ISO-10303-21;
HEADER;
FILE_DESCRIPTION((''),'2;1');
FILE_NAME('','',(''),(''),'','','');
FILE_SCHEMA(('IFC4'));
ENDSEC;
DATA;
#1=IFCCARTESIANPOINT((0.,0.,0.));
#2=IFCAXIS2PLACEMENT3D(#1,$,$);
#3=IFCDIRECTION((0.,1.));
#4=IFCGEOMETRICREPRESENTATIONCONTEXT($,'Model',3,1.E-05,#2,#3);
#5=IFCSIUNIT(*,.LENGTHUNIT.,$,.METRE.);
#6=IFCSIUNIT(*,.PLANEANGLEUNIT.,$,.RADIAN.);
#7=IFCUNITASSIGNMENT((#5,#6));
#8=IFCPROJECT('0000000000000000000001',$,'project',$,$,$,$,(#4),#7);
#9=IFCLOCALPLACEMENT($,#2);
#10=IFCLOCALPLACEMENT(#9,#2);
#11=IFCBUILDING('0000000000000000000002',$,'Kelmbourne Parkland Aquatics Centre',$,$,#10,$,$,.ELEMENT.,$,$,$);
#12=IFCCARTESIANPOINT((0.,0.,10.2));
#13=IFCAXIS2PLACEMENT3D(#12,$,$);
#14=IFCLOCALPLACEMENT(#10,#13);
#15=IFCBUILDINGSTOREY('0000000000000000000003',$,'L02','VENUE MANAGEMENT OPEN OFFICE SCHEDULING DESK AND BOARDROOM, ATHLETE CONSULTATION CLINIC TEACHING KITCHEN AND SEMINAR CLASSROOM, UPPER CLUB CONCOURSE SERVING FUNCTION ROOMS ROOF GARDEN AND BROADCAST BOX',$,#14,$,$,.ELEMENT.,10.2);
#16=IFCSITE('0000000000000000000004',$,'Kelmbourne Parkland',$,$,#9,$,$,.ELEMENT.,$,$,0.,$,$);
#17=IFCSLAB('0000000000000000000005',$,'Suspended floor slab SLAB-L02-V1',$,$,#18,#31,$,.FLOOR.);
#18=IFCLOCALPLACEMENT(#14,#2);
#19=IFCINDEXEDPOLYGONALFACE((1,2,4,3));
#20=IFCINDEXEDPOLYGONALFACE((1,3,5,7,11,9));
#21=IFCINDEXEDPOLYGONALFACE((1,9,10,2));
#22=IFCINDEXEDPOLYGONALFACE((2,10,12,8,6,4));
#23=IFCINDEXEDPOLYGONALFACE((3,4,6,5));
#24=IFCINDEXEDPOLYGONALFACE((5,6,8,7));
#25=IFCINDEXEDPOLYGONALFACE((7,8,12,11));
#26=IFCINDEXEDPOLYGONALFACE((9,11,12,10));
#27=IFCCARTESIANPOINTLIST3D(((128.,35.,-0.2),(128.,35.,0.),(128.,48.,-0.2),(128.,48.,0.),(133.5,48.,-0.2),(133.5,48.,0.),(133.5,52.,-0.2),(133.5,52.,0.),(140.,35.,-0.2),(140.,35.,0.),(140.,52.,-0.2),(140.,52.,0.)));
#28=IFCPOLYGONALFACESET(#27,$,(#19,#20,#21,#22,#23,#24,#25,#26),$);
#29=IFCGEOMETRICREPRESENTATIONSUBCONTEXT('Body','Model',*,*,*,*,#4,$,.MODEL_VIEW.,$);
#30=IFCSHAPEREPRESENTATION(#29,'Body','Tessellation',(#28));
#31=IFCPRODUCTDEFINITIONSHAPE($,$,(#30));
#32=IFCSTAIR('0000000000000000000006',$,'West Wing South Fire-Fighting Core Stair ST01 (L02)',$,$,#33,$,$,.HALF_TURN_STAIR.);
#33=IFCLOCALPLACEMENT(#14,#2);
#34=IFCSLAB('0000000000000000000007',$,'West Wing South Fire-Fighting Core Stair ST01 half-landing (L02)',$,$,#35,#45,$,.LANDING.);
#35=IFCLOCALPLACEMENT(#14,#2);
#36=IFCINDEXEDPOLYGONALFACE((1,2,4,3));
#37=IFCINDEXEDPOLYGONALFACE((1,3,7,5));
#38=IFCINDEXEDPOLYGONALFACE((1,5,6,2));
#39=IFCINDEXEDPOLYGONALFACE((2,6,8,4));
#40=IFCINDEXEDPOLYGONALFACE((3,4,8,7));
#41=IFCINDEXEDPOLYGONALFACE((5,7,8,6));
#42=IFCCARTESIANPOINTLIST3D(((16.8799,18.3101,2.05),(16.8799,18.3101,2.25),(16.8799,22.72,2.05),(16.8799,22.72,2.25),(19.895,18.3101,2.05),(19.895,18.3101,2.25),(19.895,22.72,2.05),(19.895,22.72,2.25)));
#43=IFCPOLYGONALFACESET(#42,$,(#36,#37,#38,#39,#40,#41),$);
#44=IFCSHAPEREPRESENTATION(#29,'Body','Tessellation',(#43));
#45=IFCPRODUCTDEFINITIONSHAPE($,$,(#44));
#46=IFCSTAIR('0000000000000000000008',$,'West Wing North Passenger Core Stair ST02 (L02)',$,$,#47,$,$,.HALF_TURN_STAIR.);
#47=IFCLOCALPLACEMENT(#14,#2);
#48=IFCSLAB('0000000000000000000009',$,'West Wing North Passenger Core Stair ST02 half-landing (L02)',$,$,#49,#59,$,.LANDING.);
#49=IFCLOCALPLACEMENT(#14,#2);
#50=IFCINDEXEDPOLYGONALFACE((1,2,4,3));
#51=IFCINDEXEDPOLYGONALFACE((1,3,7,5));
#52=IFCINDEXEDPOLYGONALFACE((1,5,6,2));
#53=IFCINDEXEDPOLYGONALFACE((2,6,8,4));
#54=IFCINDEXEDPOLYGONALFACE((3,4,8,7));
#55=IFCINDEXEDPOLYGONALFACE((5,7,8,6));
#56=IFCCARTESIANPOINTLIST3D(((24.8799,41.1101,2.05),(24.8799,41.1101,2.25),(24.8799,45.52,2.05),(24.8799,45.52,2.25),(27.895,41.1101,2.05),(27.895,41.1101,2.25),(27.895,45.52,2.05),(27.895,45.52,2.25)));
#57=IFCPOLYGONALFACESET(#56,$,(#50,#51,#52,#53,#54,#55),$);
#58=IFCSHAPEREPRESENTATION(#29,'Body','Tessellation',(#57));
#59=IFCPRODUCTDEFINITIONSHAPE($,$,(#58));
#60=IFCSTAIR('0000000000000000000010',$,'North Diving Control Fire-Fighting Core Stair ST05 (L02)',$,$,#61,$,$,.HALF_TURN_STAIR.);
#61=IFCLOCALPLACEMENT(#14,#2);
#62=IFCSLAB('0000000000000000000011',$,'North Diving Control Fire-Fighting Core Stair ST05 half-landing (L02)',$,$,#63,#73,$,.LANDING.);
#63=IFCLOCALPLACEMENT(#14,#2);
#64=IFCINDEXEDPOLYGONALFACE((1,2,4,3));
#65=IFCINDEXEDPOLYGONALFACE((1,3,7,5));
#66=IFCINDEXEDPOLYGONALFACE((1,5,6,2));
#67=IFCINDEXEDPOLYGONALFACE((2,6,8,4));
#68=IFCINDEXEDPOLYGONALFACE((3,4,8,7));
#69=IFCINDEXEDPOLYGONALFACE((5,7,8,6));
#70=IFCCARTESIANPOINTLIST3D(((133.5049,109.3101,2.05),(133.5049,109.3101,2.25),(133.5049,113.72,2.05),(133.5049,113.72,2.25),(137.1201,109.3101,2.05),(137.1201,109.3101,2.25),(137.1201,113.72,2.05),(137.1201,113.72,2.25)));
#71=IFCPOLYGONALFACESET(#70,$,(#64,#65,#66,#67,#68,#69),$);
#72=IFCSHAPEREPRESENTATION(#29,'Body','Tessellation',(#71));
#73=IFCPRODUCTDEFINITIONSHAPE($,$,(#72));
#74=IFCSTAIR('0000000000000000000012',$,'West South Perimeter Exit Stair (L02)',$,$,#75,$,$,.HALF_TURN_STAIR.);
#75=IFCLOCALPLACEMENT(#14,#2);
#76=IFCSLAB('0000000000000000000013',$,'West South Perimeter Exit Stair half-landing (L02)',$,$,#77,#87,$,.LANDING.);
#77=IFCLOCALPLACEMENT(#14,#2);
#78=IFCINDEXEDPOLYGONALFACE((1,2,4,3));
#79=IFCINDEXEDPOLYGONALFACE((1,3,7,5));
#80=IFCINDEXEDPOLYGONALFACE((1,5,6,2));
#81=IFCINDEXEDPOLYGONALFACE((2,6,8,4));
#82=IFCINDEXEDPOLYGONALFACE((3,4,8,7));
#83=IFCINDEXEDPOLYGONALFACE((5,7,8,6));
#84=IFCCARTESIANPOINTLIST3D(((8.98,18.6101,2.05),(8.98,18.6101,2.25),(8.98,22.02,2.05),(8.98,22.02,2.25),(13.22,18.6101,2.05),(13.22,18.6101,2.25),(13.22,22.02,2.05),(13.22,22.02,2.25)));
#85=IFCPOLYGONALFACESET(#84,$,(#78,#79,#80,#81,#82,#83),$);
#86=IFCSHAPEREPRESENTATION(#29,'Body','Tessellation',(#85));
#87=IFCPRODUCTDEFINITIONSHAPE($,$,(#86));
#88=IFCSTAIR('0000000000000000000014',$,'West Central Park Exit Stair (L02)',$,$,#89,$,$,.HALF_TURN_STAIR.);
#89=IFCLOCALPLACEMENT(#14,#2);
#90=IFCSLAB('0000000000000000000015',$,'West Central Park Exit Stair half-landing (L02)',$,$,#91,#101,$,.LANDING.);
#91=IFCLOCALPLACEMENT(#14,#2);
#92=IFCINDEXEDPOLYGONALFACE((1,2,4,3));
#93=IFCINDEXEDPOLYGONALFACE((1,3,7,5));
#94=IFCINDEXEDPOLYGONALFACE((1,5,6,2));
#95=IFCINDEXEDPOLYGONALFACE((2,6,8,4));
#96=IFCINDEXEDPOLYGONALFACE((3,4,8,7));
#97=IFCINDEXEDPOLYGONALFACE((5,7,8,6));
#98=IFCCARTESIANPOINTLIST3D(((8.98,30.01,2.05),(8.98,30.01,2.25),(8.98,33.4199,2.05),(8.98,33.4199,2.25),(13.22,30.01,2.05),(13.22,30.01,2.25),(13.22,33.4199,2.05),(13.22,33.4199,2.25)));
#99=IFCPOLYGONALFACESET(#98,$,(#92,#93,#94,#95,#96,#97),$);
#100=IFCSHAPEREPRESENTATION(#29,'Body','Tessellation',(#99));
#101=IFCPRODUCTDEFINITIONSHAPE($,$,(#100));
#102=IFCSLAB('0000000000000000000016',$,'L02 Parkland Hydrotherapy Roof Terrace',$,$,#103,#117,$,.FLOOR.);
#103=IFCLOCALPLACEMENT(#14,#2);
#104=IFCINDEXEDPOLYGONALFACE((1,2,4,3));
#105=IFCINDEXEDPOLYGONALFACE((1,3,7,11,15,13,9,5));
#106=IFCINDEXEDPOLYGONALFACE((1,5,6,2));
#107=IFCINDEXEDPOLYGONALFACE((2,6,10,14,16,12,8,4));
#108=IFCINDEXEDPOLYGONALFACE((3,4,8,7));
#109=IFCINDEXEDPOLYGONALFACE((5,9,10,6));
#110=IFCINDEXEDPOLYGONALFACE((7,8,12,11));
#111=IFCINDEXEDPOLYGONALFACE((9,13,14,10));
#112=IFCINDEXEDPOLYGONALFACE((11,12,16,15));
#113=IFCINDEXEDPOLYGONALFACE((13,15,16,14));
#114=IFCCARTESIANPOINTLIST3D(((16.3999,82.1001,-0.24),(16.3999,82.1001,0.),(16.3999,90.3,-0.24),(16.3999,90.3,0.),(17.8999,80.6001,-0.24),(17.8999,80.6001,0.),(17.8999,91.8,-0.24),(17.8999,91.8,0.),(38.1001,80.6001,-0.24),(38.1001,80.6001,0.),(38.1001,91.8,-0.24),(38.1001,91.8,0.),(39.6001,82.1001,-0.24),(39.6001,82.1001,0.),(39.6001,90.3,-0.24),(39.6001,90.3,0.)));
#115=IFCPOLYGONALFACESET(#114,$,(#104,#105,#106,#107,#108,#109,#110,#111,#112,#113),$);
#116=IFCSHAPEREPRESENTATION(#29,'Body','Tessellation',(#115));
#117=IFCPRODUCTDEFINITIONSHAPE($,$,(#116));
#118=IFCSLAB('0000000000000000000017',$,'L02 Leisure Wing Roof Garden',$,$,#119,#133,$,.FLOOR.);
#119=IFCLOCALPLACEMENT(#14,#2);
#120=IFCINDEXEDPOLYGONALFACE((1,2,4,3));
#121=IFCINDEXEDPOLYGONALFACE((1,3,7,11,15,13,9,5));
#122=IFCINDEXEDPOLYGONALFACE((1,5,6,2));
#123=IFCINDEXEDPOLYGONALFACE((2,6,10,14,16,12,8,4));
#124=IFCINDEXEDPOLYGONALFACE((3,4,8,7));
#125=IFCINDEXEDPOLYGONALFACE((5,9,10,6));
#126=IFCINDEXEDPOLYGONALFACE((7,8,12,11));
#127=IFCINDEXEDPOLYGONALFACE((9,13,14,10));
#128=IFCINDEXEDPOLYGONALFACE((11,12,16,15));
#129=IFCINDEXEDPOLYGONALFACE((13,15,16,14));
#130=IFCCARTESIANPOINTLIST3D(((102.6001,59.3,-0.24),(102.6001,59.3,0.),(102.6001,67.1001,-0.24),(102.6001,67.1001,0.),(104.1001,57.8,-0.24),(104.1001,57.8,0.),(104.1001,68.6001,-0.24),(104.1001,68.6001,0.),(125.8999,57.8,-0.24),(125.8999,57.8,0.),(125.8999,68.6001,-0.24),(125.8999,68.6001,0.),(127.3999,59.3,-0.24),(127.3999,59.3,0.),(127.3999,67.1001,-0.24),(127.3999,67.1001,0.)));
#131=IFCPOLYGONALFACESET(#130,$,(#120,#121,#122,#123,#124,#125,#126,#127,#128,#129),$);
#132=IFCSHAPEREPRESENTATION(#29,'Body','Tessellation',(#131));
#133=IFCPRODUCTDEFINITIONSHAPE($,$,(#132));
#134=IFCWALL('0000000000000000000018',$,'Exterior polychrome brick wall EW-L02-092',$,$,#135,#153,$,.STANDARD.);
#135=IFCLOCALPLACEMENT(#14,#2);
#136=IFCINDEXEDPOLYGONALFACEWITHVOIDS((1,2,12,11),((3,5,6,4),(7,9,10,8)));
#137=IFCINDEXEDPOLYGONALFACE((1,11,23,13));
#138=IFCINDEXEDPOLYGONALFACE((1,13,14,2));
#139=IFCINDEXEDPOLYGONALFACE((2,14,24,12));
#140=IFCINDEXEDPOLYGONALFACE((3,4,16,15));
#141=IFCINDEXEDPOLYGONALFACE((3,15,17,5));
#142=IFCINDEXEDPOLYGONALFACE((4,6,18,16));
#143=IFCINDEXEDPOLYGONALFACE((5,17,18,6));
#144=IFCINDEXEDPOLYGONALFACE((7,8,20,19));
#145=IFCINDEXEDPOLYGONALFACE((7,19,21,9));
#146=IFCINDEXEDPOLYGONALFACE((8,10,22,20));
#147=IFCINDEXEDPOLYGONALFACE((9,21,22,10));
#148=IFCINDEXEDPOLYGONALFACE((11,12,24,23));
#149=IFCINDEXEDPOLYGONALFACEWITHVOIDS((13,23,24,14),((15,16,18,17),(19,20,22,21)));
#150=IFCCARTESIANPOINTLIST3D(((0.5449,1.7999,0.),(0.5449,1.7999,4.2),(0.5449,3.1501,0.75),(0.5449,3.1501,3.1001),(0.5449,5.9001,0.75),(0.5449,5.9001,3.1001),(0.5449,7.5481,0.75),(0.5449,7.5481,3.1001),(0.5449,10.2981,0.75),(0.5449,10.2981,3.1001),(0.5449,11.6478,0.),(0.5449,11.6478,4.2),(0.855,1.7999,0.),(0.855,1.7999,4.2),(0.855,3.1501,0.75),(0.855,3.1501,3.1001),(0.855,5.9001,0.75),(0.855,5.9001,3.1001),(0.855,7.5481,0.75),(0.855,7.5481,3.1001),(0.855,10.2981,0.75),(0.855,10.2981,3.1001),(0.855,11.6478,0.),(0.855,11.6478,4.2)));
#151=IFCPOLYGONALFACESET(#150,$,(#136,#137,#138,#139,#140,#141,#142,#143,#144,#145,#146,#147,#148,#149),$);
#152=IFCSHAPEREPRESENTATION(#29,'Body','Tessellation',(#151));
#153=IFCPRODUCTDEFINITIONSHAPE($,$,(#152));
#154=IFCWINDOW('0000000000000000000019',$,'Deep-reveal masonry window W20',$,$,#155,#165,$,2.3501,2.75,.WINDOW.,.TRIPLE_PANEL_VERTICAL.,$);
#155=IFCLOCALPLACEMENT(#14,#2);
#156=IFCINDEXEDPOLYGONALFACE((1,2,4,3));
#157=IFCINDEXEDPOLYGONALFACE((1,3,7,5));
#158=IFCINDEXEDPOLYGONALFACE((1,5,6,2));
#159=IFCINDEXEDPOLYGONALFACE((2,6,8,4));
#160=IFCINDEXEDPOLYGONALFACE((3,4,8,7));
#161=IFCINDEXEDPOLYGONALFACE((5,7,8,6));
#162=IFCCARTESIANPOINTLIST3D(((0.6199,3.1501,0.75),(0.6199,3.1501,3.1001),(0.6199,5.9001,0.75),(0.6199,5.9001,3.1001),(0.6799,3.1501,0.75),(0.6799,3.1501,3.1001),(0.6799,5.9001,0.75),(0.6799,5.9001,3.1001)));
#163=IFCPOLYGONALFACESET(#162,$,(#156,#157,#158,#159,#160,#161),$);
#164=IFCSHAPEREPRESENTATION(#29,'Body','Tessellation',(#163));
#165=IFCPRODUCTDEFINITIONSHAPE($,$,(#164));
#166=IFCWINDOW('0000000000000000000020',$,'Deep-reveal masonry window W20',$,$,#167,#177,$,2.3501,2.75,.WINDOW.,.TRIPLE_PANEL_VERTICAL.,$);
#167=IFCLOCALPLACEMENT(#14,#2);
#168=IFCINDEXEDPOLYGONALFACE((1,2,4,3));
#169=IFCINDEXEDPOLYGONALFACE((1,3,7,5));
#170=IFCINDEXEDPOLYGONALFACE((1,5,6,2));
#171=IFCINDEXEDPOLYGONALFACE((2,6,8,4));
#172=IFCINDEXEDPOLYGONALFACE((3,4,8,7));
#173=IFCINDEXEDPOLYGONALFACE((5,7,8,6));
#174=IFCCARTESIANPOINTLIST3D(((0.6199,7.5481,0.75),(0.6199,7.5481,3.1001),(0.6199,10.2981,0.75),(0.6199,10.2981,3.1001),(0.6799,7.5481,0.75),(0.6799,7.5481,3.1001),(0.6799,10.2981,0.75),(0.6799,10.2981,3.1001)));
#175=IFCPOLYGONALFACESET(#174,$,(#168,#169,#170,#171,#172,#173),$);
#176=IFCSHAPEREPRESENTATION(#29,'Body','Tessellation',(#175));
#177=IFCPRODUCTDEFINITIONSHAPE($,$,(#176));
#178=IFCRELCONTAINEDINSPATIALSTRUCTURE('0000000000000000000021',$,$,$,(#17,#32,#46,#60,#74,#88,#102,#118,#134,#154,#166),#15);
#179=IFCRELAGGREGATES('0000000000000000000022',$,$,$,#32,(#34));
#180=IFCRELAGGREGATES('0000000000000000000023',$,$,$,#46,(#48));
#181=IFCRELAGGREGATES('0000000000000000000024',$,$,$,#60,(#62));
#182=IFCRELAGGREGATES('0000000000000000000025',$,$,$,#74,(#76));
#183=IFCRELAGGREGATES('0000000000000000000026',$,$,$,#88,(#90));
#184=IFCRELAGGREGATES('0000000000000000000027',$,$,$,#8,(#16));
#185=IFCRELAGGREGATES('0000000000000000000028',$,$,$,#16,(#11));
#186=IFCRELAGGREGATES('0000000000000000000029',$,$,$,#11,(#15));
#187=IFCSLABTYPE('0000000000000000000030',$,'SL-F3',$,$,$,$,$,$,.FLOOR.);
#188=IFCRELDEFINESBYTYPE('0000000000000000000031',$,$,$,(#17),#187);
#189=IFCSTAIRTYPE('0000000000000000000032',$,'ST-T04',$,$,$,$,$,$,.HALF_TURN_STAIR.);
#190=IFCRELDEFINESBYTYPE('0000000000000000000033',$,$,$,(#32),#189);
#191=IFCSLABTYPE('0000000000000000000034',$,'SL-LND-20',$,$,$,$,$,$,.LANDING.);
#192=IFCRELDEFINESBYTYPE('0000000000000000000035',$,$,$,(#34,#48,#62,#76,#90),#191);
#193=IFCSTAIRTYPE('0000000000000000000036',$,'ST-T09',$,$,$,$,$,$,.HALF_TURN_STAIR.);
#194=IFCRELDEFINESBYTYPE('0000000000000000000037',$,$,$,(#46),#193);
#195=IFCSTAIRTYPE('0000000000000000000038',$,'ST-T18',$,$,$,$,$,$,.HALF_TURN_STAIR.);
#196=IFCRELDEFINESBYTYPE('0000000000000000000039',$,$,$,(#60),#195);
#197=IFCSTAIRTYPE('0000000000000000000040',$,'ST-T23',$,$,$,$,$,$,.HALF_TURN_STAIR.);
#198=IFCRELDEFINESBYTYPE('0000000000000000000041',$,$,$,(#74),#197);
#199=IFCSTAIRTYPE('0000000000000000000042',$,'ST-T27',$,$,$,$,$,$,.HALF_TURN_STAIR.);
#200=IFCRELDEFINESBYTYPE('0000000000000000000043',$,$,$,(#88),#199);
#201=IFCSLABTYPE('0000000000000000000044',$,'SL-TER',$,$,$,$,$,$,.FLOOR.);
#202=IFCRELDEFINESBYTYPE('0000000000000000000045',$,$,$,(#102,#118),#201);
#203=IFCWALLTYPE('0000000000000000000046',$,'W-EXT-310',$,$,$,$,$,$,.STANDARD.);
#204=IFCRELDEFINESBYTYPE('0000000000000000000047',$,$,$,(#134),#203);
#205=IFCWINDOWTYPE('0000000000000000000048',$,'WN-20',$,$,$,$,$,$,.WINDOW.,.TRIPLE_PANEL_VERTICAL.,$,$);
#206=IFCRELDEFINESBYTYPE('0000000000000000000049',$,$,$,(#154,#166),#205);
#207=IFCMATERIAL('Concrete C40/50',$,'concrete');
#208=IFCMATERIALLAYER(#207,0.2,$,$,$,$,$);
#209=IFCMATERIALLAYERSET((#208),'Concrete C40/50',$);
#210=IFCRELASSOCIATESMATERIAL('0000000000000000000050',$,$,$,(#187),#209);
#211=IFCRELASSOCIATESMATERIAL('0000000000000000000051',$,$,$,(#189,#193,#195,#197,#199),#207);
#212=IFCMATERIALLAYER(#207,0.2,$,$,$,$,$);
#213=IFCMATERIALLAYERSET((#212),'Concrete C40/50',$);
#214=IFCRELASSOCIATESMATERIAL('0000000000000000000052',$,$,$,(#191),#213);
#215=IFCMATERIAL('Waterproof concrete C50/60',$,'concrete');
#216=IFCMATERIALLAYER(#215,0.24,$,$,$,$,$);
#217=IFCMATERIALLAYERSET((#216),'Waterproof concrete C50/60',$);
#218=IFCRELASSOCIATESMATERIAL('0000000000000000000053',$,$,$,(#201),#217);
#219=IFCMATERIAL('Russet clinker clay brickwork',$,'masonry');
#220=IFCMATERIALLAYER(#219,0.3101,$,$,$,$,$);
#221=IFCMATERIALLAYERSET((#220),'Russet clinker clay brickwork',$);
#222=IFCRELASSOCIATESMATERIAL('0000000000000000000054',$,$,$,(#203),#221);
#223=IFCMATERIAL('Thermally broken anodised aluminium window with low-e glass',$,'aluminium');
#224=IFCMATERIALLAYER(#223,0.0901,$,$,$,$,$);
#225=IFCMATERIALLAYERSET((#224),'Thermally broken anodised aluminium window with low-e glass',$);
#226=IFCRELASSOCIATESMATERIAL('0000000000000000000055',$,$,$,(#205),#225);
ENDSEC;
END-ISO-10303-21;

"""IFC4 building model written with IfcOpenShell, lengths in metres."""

from ifc_helpers import new_model, si_unit, direction, frame, frame_2d, origin, place, context, subcontext, project, spatial, polyline, rectangle, outline, extrude, material, layer, layer_set, type_object, element, fill, aggregate, save


model = new_model("IFC4")

# Units and contexts
model_context = context("Model", 3, precision=1e-05, world=origin(), true_north=direction((0.0, 1.0)))
body_context = subcontext(model_context, "Body", "Model", "MODEL_VIEW")
ifc_project = project(units=[si_unit("LENGTHUNIT", "METRE"), si_unit("PLANEANGLEUNIT", "RADIAN")], contexts=[model_context])

# Site, building, storey
site_placement = place(None, origin())
site = spatial("IfcSite", under=ifc_project, at=site_placement, Name="Kelmbourne Parkland", CompositionType="ELEMENT", RefElevation=0.0)
building_placement = place(site_placement, origin())
building = spatial("IfcBuilding", under=site, at=building_placement, Name="Kelmbourne Parkland Aquatics Centre", CompositionType="ELEMENT")
storey_placement = place(building_placement, frame((0.0, 0.0, 10.2)))
storey = spatial("IfcBuildingStorey", under=building, at=storey_placement, Name="L02", Description="VENUE MANAGEMENT OPEN OFFICE SCHEDULING DESK AND BOARDROOM, ATHLETE CONSULTATION CLINIC TEACHING KITCHEN AND SEMINAR CLASSROOM, UPPER CLUB CONCOURSE SERVING FUNCTION ROOMS ROOF GARDEN AND BROADCAST BOX", CompositionType="ELEMENT", Elevation=10.2)

# Shared definitions
ifc_material_1 = material(Name="Concrete C40/50", Category="concrete")

# Slab
ifc_layer_1 = layer(ifc_material_1, 0.2)
ifc_layer_set_1 = layer_set([ifc_layer_1], Name="Concrete C40/50")
slab_type_1 = type_object("IfcSlabType", Name="SL-F3", PredefinedType="FLOOR", material=ifc_layer_set_1)
slab_1_placement = place(storey_placement, frame((0.0, 0.0, -0.2)))
element("IfcSlab", 1, at=slab_1_placement, inside=storey, type_object=slab_type_1, Name="Suspended floor slab SLAB-L02-V1", PredefinedType="FLOOR", context=body_context, shape_type="SweptSolid", body=[
    extrude(outline(polyline([(140.0, 35.0), (140.0, 52.0), (133.5, 52.0), (133.5, 48.0), (128.0, 48.0), (128.0, 35.0), (140.0, 35.0)])), origin(), (0.0, 0.0, 1.0), 0.2),
])

# Stairs, slabs
stair_type_1 = type_object("IfcStairType", Name="ST-T04", PredefinedType="HALF_TURN_STAIR", material=ifc_material_1)
stair_1_placement = place(storey_placement, origin())
stair_1 = element("IfcStair", 2, at=stair_1_placement, inside=storey, type_object=stair_type_1, Name="West Wing South Fire-Fighting Core Stair ST01 (L02)", PredefinedType="HALF_TURN_STAIR")
ifc_layer_2 = layer(ifc_material_1, 0.2)
ifc_layer_set_2 = layer_set([ifc_layer_2], Name="Concrete C40/50")
slab_type_2 = type_object("IfcSlabType", Name="SL-LND-20", PredefinedType="LANDING", material=ifc_layer_set_2)
slab_2_placement = place(storey_placement, frame((0.0, 0.0, 2.05)))
slab_2 = element("IfcSlab", 3, at=slab_2_placement, type_object=slab_type_2, Name="West Wing South Fire-Fighting Core Stair ST01 half-landing (L02)", PredefinedType="LANDING", context=body_context, shape_type="SweptSolid", body=[
    extrude(outline(polyline([(16.8799, 18.3101), (19.895, 18.3101), (19.895, 22.72), (16.8799, 22.72), (16.8799, 18.3101)])), origin(), (0.0, 0.0, 1.0), 0.2),
])
aggregate(stair_1, [slab_2])
stair_type_2 = type_object("IfcStairType", Name="ST-T09", PredefinedType="HALF_TURN_STAIR", material=ifc_material_1)
stair_2_placement = place(storey_placement, origin())
stair_2 = element("IfcStair", 4, at=stair_2_placement, inside=storey, type_object=stair_type_2, Name="West Wing North Passenger Core Stair ST02 (L02)", PredefinedType="HALF_TURN_STAIR")
slab_3_placement = place(storey_placement, frame((0.0, 0.0, 2.05)))
slab_3 = element("IfcSlab", 5, at=slab_3_placement, type_object=slab_type_2, Name="West Wing North Passenger Core Stair ST02 half-landing (L02)", PredefinedType="LANDING", context=body_context, shape_type="SweptSolid", body=[
    extrude(outline(polyline([(24.8799, 41.1101), (27.895, 41.1101), (27.895, 45.52), (24.8799, 45.52), (24.8799, 41.1101)])), origin(), (0.0, 0.0, 1.0), 0.2),
])
aggregate(stair_2, [slab_3])
stair_type_3 = type_object("IfcStairType", Name="ST-T18", PredefinedType="HALF_TURN_STAIR", material=ifc_material_1)
stair_3_placement = place(storey_placement, origin())
stair_3 = element("IfcStair", 6, at=stair_3_placement, inside=storey, type_object=stair_type_3, Name="North Diving Control Fire-Fighting Core Stair ST05 (L02)", PredefinedType="HALF_TURN_STAIR")
slab_4_placement = place(storey_placement, frame((0.0, 0.0, 2.05)))
slab_4 = element("IfcSlab", 7, at=slab_4_placement, type_object=slab_type_2, Name="North Diving Control Fire-Fighting Core Stair ST05 half-landing (L02)", PredefinedType="LANDING", context=body_context, shape_type="SweptSolid", body=[
    extrude(outline(polyline([(133.5049, 109.3101), (137.1201, 109.3101), (137.1201, 113.72), (133.5049, 113.72), (133.5049, 109.3101)])), origin(), (0.0, 0.0, 1.0), 0.2),
])
aggregate(stair_3, [slab_4])
stair_type_4 = type_object("IfcStairType", Name="ST-T23", PredefinedType="HALF_TURN_STAIR", material=ifc_material_1)
stair_4_placement = place(storey_placement, origin())
stair_4 = element("IfcStair", 8, at=stair_4_placement, inside=storey, type_object=stair_type_4, Name="West South Perimeter Exit Stair (L02)", PredefinedType="HALF_TURN_STAIR")
slab_5_placement = place(storey_placement, frame((0.0, 0.0, 2.05)))
slab_5 = element("IfcSlab", 9, at=slab_5_placement, type_object=slab_type_2, Name="West South Perimeter Exit Stair half-landing (L02)", PredefinedType="LANDING", context=body_context, shape_type="SweptSolid", body=[
    extrude(outline(polyline([(8.98, 18.6101), (13.22, 18.6101), (13.22, 22.02), (8.98, 22.02), (8.98, 18.6101)])), origin(), (0.0, 0.0, 1.0), 0.2),
])
aggregate(stair_4, [slab_5])
stair_type_5 = type_object("IfcStairType", Name="ST-T27", PredefinedType="HALF_TURN_STAIR", material=ifc_material_1)
stair_5_placement = place(storey_placement, origin())
stair_5 = element("IfcStair", 10, at=stair_5_placement, inside=storey, type_object=stair_type_5, Name="West Central Park Exit Stair (L02)", PredefinedType="HALF_TURN_STAIR")
slab_6_placement = place(storey_placement, frame((0.0, 0.0, 2.05)))
slab_6 = element("IfcSlab", 11, at=slab_6_placement, type_object=slab_type_2, Name="West Central Park Exit Stair half-landing (L02)", PredefinedType="LANDING", context=body_context, shape_type="SweptSolid", body=[
    extrude(outline(polyline([(8.98, 30.01), (13.22, 30.01), (13.22, 33.4199), (8.98, 33.4199), (8.98, 30.01)])), origin(), (0.0, 0.0, 1.0), 0.2),
])
aggregate(stair_5, [slab_6])

# Slabs
ifc_material_2 = material(Name="Waterproof concrete C50/60", Category="concrete")
ifc_layer_3 = layer(ifc_material_2, 0.24)
ifc_layer_set_3 = layer_set([ifc_layer_3], Name="Waterproof concrete C50/60")
slab_type_3 = type_object("IfcSlabType", Name="SL-TER", PredefinedType="FLOOR", material=ifc_layer_set_3)
slab_7_placement = place(storey_placement, frame((0.0, 0.0, -0.24)))
element("IfcSlab", 12, at=slab_7_placement, inside=storey, type_object=slab_type_3, Name="L02 Parkland Hydrotherapy Roof Terrace", PredefinedType="FLOOR", context=body_context, shape_type="SweptSolid", body=[
    extrude(outline(polyline([(17.8999, 80.6001), (38.1001, 80.6001), (39.6001, 82.1001), (39.6001, 90.3), (38.1001, 91.8), (17.8999, 91.8), (16.3999, 90.3), (16.3999, 82.1001), (17.8999, 80.6001)])), origin(), (0.0, 0.0, 1.0), 0.24),
])
slab_8_placement = place(storey_placement, frame((0.0, 0.0, -0.24)))
element("IfcSlab", 13, at=slab_8_placement, inside=storey, type_object=slab_type_3, Name="L02 Leisure Wing Roof Garden", PredefinedType="FLOOR", context=body_context, shape_type="SweptSolid", body=[
    extrude(outline(polyline([(104.1001, 57.8), (125.8999, 57.8), (127.3999, 59.3), (127.3999, 67.1001), (125.8999, 68.6001), (104.1001, 68.6001), (102.6001, 67.1001), (102.6001, 59.3), (104.1001, 57.8)])), origin(), (0.0, 0.0, 1.0), 0.24),
])

# Wall, openings, windows
ifc_material_3 = material(Name="Russet clinker clay brickwork", Category="masonry")
ifc_layer_4 = layer(ifc_material_3, 0.3101)
ifc_layer_set_4 = layer_set([ifc_layer_4], Name="Russet clinker clay brickwork")
wall_type_1 = type_object("IfcWallType", Name="W-EXT-310", PredefinedType="STANDARD", material=ifc_layer_set_4)
wall_1_placement = place(storey_placement, frame((0.7, 1.8, 0.0), z_axis=(0.0, 0.0, 1.0), x_axis=(0.0, 1.0, 0.0)))
wall_1 = element("IfcWall", 14, at=wall_1_placement, inside=storey, type_object=wall_type_1, Name="Exterior polychrome brick wall EW-L02-092", PredefinedType="STANDARD", context=body_context, shape_type="SweptSolid", body=[
    extrude(rectangle(XDim=9.8479, YDim=0.3101, at=frame_2d((4.9238, 0.0))), origin(), (0.0, 0.0, 1.0), 4.2),
])
opening_1_placement = place(wall_1_placement, frame((1.3501, 0.0, 0.75)))
opening_1 = element("IfcOpeningElement", 15, at=opening_1_placement, cuts=wall_1, PredefinedType="OPENING", context=body_context, shape_type="SweptSolid", body=[
    extrude(rectangle(XDim=2.75, YDim=2.3501, at=frame_2d((1.375, 1.175))), frame((0.0, 0.167, 0.0), z_axis=(0.0, -1.0, 0.0), x_axis=(1.0, 0.0, 0.0)), (0.0, 0.0, 1.0), 0.334),
])
opening_2_placement = place(wall_1_placement, frame((5.748, 0.0, 0.75)))
opening_2 = element("IfcOpeningElement", 16, at=opening_2_placement, cuts=wall_1, PredefinedType="OPENING", context=body_context, shape_type="SweptSolid", body=[
    extrude(rectangle(XDim=2.75, YDim=2.3501, at=frame_2d((1.375, 1.175))), frame((0.0, 0.167, 0.0), z_axis=(0.0, -1.0, 0.0), x_axis=(1.0, 0.0, 0.0)), (0.0, 0.0, 1.0), 0.334),
])
ifc_material_4 = material(Name="Thermally broken anodised aluminium window with low-e glass", Category="aluminium")
ifc_layer_5 = layer(ifc_material_4, 0.0901)
ifc_layer_set_5 = layer_set([ifc_layer_5], Name="Thermally broken anodised aluminium window with low-e glass")
window_type_1 = type_object("IfcWindowType", Name="WN-20", PartitioningType="TRIPLE_PANEL_VERTICAL", PredefinedType="WINDOW", material=ifc_layer_set_5)
window_1_placement = place(opening_1_placement, origin())
window_1 = element("IfcWindow", 17, at=window_1_placement, inside=storey, type_object=window_type_1, Name="Deep-reveal masonry window W20", OverallHeight=2.3501, OverallWidth=2.75, PartitioningType="TRIPLE_PANEL_VERTICAL", PredefinedType="WINDOW", context=body_context, shape_type="SweptSolid", body=[
    extrude(rectangle(XDim=2.75, YDim=2.3501, at=frame_2d((1.375, 1.175))), frame((0.0, 0.0801, 0.0), z_axis=(0.0, -1.0, 0.0), x_axis=(1.0, 0.0, 0.0)), (0.0, 0.0, 1.0), 0.0601),
])
fill(opening_1, window_1)
window_2_placement = place(opening_2_placement, origin())
window_2 = element("IfcWindow", 18, at=window_2_placement, inside=storey, type_object=window_type_1, Name="Deep-reveal masonry window W20", OverallHeight=2.3501, OverallWidth=2.75, PartitioningType="TRIPLE_PANEL_VERTICAL", PredefinedType="WINDOW", context=body_context, shape_type="SweptSolid", body=[
    extrude(rectangle(XDim=2.75, YDim=2.3501, at=frame_2d((1.375, 1.175))), frame((0.0, 0.0801, 0.0), z_axis=(0.0, -1.0, 0.0), x_axis=(1.0, 0.0, 0.0)), (0.0, 0.0, 1.0), 0.0601),
])
fill(opening_2, window_2)

save(model, "model.ifc")
